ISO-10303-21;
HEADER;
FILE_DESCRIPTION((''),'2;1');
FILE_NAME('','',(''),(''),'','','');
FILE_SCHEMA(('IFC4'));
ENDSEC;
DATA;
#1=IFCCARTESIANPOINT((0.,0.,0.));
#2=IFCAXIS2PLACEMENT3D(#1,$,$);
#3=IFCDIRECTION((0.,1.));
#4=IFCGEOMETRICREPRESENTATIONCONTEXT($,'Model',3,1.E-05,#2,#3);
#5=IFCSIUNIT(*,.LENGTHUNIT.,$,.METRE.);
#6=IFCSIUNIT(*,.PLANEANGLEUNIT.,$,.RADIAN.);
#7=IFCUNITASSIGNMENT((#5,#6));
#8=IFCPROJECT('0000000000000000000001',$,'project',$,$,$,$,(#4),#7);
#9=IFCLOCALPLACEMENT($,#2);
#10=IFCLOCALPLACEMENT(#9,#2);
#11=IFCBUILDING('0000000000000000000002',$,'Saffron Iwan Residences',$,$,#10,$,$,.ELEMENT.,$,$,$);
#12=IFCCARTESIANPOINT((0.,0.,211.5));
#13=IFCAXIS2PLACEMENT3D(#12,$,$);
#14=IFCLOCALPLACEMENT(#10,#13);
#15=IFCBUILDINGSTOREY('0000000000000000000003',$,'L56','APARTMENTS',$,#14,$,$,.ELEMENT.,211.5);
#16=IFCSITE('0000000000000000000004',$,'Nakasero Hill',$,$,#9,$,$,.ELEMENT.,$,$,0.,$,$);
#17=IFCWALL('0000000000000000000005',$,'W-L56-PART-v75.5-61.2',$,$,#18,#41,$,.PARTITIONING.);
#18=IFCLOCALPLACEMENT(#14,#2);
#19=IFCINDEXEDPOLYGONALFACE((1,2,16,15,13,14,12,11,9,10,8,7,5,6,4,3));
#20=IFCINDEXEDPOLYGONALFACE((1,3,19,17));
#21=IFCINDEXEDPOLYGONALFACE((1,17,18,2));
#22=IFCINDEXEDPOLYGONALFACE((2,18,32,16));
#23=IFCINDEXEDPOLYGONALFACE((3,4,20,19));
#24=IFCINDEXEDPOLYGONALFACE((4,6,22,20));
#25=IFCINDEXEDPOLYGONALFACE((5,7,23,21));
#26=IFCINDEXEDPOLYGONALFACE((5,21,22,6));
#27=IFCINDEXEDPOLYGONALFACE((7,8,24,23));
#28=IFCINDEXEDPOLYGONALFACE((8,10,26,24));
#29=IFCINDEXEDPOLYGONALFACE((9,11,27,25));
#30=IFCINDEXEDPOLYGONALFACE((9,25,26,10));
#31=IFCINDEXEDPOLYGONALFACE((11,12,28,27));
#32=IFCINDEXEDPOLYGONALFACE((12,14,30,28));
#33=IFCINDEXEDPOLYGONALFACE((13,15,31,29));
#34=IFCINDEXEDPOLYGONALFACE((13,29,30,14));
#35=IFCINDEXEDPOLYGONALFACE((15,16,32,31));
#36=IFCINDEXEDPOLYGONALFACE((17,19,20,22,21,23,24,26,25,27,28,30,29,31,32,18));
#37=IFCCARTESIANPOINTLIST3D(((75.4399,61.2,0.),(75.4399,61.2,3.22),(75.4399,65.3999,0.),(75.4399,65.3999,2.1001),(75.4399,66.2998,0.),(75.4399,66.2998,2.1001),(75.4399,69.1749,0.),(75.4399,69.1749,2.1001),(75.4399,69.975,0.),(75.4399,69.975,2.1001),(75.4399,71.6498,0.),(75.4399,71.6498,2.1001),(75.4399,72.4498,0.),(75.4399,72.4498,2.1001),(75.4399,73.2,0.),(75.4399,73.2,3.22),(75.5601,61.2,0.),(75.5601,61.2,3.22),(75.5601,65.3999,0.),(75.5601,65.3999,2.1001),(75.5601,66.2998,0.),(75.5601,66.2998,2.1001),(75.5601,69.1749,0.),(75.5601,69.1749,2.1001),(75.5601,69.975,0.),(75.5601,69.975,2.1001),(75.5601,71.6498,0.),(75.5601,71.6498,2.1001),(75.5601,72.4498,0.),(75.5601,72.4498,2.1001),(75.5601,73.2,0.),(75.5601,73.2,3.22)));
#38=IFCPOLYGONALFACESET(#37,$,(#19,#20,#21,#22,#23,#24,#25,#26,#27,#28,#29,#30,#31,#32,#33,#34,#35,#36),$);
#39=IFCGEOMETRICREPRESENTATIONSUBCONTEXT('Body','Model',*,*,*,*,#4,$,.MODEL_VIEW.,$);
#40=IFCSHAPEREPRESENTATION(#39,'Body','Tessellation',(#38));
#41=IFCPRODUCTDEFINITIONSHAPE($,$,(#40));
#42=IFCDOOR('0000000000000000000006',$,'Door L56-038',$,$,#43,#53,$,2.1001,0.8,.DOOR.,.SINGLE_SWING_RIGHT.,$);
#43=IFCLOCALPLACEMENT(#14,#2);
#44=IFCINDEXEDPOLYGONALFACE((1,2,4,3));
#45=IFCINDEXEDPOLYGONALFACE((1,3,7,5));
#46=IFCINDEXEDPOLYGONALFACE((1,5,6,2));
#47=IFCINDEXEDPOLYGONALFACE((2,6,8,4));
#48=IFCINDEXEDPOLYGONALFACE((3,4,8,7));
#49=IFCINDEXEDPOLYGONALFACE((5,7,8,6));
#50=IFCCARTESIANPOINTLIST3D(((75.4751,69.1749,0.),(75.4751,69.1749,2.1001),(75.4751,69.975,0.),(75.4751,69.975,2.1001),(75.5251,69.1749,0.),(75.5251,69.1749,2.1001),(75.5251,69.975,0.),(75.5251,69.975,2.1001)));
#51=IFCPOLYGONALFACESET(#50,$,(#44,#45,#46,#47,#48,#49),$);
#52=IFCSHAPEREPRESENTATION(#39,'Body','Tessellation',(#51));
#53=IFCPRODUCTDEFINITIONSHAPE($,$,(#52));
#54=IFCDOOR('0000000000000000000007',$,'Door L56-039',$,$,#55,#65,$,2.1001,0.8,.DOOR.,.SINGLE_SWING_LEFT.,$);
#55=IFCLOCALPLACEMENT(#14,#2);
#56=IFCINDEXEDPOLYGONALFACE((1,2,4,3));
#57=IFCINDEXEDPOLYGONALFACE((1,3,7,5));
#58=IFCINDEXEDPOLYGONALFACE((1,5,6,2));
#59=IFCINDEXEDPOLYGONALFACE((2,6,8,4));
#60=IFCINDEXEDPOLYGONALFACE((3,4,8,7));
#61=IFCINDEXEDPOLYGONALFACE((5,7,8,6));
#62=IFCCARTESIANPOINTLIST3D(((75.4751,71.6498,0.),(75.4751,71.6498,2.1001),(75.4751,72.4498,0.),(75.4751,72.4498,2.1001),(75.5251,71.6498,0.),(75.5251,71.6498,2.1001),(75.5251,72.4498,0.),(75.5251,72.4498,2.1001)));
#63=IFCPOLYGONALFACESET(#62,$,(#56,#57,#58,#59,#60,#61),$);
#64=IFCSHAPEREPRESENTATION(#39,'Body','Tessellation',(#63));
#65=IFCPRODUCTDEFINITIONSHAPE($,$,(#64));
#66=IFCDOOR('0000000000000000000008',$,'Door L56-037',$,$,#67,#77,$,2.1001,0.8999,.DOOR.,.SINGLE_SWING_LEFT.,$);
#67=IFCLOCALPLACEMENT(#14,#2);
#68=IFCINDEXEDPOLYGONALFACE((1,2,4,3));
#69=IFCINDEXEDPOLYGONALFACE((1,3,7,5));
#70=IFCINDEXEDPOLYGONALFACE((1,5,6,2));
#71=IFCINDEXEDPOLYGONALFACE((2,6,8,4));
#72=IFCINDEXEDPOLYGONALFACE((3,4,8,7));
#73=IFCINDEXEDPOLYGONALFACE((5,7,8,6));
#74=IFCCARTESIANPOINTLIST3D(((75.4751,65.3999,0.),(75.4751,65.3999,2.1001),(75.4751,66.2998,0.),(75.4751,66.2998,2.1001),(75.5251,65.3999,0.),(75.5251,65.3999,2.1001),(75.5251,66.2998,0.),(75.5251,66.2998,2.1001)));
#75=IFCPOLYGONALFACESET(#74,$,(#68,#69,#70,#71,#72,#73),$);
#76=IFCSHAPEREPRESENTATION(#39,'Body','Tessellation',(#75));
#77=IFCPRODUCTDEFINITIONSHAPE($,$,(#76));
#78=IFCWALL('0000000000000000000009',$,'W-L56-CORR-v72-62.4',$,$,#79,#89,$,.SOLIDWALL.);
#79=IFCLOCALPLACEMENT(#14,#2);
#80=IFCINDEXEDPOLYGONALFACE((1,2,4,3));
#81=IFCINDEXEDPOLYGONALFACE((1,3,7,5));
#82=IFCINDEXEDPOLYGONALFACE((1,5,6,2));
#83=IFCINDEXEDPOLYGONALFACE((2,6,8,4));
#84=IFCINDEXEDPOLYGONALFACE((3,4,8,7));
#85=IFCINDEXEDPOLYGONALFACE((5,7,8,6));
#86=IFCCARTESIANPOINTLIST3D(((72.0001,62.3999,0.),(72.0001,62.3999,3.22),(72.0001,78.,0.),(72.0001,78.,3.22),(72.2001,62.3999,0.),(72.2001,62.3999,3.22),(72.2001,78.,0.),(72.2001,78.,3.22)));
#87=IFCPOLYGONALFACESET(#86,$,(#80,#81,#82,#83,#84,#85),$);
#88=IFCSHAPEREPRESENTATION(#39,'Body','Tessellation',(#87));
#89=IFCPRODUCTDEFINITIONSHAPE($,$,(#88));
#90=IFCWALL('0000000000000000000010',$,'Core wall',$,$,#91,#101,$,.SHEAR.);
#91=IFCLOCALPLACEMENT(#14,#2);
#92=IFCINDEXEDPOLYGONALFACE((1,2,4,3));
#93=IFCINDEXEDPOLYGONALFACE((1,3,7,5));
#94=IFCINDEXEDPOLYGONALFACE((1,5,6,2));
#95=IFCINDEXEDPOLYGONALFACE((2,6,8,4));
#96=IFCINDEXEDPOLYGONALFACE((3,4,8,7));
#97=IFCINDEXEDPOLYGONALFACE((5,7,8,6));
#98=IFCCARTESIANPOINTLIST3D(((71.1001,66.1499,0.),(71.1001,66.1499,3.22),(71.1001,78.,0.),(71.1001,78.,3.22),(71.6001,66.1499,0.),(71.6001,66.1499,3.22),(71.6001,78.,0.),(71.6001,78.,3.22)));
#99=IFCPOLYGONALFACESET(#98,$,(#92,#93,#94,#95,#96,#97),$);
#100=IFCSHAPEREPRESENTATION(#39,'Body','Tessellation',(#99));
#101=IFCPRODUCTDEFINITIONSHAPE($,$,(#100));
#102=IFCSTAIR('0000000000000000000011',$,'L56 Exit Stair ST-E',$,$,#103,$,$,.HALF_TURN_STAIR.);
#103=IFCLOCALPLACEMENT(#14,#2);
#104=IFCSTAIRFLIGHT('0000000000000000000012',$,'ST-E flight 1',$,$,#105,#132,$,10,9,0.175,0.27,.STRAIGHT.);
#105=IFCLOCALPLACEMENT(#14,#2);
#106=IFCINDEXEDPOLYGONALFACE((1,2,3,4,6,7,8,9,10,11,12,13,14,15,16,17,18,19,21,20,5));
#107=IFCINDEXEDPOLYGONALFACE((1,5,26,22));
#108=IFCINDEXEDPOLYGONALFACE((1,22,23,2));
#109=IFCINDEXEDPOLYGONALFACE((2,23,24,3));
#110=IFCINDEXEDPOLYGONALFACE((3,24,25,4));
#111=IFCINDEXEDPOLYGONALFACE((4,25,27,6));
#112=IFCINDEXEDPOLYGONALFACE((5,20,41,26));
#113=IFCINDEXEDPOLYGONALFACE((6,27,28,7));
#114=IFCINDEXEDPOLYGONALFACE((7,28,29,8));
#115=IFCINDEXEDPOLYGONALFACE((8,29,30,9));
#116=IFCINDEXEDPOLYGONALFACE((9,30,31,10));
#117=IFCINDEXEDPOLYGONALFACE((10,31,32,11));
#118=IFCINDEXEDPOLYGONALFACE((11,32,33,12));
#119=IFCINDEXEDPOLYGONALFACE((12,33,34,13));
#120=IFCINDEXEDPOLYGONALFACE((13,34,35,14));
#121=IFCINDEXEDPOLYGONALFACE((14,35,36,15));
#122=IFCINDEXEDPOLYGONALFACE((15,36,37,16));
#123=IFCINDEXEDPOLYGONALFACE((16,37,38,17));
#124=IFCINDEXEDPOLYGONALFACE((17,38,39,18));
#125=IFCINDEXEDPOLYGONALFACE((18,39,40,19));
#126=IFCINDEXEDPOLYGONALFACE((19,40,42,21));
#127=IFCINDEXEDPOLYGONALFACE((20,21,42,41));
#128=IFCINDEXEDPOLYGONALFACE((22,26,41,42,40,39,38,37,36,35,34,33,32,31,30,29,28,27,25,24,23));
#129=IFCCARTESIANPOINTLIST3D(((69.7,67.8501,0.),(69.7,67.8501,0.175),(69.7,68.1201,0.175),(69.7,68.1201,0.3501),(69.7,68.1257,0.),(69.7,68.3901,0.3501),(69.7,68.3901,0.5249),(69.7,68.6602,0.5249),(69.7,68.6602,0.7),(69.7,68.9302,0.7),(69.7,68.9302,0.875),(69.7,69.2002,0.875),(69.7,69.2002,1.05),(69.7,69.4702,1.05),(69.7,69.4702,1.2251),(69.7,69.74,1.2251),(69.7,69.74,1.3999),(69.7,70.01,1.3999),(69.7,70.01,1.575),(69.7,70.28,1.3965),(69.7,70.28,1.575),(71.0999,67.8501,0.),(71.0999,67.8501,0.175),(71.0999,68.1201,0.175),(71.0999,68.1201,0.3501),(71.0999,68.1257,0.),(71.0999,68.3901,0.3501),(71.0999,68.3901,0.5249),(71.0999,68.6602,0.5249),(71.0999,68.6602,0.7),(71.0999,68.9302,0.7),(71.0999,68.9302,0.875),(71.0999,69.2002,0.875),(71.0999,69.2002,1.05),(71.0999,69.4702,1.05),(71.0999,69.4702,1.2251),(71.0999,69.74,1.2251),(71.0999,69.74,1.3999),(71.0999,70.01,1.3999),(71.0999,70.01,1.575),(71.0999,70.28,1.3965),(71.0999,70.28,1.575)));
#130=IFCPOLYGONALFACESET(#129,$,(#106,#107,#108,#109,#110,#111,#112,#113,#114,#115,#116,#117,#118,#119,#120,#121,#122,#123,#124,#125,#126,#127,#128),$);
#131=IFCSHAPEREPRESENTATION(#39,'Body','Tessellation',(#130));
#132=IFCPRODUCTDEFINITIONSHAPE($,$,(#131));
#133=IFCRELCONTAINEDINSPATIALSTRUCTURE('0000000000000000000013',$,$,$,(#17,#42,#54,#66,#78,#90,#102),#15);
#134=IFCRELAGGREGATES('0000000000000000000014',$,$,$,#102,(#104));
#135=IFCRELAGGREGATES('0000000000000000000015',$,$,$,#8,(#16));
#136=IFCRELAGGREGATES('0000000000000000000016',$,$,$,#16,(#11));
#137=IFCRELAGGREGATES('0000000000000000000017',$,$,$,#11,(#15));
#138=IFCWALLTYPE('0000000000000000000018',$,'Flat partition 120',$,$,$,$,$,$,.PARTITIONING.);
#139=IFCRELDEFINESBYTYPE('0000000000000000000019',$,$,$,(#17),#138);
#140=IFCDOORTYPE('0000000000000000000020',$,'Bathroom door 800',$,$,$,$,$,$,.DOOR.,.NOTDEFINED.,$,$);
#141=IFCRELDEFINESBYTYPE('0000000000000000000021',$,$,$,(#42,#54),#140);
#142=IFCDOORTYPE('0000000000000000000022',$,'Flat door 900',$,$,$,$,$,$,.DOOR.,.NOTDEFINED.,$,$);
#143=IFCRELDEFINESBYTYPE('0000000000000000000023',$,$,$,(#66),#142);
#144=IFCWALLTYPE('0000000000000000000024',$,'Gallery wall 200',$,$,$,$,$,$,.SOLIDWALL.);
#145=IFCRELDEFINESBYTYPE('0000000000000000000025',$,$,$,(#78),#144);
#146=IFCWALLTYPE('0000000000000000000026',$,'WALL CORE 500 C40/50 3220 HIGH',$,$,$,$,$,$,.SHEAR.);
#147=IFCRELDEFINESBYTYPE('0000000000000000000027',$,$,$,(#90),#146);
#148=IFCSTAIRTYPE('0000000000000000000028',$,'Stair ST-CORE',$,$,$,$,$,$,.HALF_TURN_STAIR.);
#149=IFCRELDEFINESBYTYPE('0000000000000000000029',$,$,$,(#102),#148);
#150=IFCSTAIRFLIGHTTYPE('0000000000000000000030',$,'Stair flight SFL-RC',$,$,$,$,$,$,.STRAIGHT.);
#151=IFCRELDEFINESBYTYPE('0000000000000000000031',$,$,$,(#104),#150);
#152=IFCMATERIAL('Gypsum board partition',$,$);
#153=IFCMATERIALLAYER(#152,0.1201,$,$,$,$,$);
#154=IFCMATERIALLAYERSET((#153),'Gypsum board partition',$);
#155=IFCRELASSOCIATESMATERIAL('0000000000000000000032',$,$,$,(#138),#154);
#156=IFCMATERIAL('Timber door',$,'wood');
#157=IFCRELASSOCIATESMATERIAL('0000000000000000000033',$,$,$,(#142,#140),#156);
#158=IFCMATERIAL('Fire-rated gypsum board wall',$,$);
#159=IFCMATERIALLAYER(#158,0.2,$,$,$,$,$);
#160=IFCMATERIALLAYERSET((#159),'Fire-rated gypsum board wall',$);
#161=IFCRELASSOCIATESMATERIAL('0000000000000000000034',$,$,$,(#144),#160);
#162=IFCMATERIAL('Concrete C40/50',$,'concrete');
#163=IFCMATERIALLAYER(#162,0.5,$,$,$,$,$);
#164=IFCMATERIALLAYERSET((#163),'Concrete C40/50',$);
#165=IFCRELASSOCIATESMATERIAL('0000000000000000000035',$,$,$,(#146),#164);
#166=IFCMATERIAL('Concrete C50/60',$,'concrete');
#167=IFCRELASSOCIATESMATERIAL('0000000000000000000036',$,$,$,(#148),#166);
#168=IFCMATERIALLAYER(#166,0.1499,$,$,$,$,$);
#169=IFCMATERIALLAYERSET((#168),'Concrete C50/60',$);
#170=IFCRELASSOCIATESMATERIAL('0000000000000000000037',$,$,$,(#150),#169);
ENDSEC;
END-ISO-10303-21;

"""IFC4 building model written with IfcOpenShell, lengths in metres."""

from ifc_helpers import new_model, si_unit, direction, frame, frame_2d, origin, place, context, subcontext, project, spatial, polyline, rectangle, outline, extrude, material, layer, layer_set, type_object, element, fill, aggregate, save


model = new_model("IFC4")

# Units and contexts
model_context = context("Model", 3, precision=1e-05, world=origin(), true_north=direction((0.0, 1.0)))
body_context = subcontext(model_context, "Body", "Model", "MODEL_VIEW")
ifc_project = project(units=[si_unit("LENGTHUNIT", "METRE"), si_unit("PLANEANGLEUNIT", "RADIAN")], contexts=[model_context])

# Site, building, storey
site_placement = place(None, origin())
site = spatial("IfcSite", under=ifc_project, at=site_placement, Name="Nakasero Hill", CompositionType="ELEMENT", RefElevation=0.0)
building_placement = place(site_placement, origin())
building = spatial("IfcBuilding", under=site, at=building_placement, Name="Saffron Iwan Residences", CompositionType="ELEMENT")
storey_placement = place(building_placement, frame((0.0, 0.0, 211.5)))
storey = spatial("IfcBuildingStorey", under=building, at=storey_placement, Name="L56", Description="APARTMENTS", CompositionType="ELEMENT", Elevation=211.5)

# Shared definitions
ifc_material_1 = material(Name="Concrete C40/50", Category="concrete")

# Shared definitions
ifc_material_2 = material(Name="Fire-rated gypsum board wall")
ifc_material_3 = material(Name="Gypsum board partition")
ifc_layer_1 = layer(ifc_material_3, 0.1201)
ifc_layer_set_1 = layer_set([ifc_layer_1], Name="Gypsum board partition")
wall_type_1 = type_object("IfcWallType", Name="Flat partition 120", PredefinedType="PARTITIONING", material=ifc_layer_set_1)

# Shared definitions
ifc_material_4 = material(Name="Timber door", Category="wood")
door_type_1 = type_object("IfcDoorType", Name="Flat door 900", OperationType="NOTDEFINED", PredefinedType="DOOR", material=ifc_material_4)

# Wall, openings, doors
wall_1_placement = place(storey_placement, frame((75.5, 61.2, 0.0), z_axis=(0.0, 0.0, 1.0), x_axis=(0.0, 1.0, 0.0)))
wall_1 = element("IfcWall", 1, at=wall_1_placement, inside=storey, type_object=wall_type_1, Name="W-L56-PART-v75.5-61.2", PredefinedType="PARTITIONING", context=body_context, shape_type="SweptSolid", body=[
    extrude(rectangle(XDim=12.0, YDim=0.1201, at=frame_2d((6.0, 0.0))), origin(), (0.0, 0.0, 1.0), 3.22),
])
opening_1_placement = place(wall_1_placement, frame((4.2, 0.0, 0.0)))
opening_1 = element("IfcOpeningElement", 2, at=opening_1_placement, cuts=wall_1, PredefinedType="OPENING", context=body_context, shape_type="SweptSolid", body=[
    extrude(rectangle(XDim=0.8999, YDim=2.1001, at=frame_2d((0.45, 1.05))), frame((0.0, 0.0701, 0.0), z_axis=(0.0, -1.0, 0.0), x_axis=(1.0, 0.0, 0.0)), (0.0, 0.0, 1.0), 0.1401),
])
opening_2_placement = place(wall_1_placement, frame((7.9751, 0.0, 0.0)))
opening_2 = element("IfcOpeningElement", 3, at=opening_2_placement, cuts=wall_1, PredefinedType="OPENING", context=body_context, shape_type="SweptSolid", body=[
    extrude(rectangle(XDim=0.8, YDim=2.1001, at=frame_2d((0.3999, 1.05))), frame((0.0, 0.0701, 0.0), z_axis=(0.0, -1.0, 0.0), x_axis=(1.0, 0.0, 0.0)), (0.0, 0.0, 1.0), 0.1401),
])
opening_3_placement = place(wall_1_placement, frame((10.45, 0.0, 0.0)))
opening_3 = element("IfcOpeningElement", 4, at=opening_3_placement, cuts=wall_1, PredefinedType="OPENING", context=body_context, shape_type="SweptSolid", body=[
    extrude(rectangle(XDim=0.8, YDim=2.1001, at=frame_2d((0.3999, 1.05))), frame((0.0, 0.0701, 0.0), z_axis=(0.0, -1.0, 0.0), x_axis=(1.0, 0.0, 0.0)), (0.0, 0.0, 1.0), 0.1401),
])
door_type_2 = type_object("IfcDoorType", Name="Bathroom door 800", OperationType="NOTDEFINED", PredefinedType="DOOR", material=ifc_material_4)
door_1_placement = place(opening_2_placement, origin())
door_1 = element("IfcDoor", 5, at=door_1_placement, inside=storey, type_object=door_type_2, Name="Door L56-038", OperationType="SINGLE_SWING_RIGHT", OverallHeight=2.1001, OverallWidth=0.8, PredefinedType="DOOR", context=body_context, shape_type="SweptSolid", body=[
    extrude(rectangle(XDim=0.8, YDim=2.1001, at=frame_2d((0.3999, 1.05))), frame((0.0, 0.0249, 0.0), z_axis=(0.0, -1.0, 0.0), x_axis=(1.0, 0.0, 0.0)), (0.0, 0.0, 1.0), 0.05),
])
fill(opening_2, door_1)
door_2_placement = place(opening_3_placement, origin())
door_2 = element("IfcDoor", 6, at=door_2_placement, inside=storey, type_object=door_type_2, Name="Door L56-039", OperationType="SINGLE_SWING_LEFT", OverallHeight=2.1001, OverallWidth=0.8, PredefinedType="DOOR", context=body_context, shape_type="SweptSolid", body=[
    extrude(rectangle(XDim=0.8, YDim=2.1001, at=frame_2d((0.3999, 1.05))), frame((0.0, 0.0249, 0.0), z_axis=(0.0, -1.0, 0.0), x_axis=(1.0, 0.0, 0.0)), (0.0, 0.0, 1.0), 0.05),
])
fill(opening_3, door_2)
door_3_placement = place(opening_1_placement, origin())
door_3 = element("IfcDoor", 7, at=door_3_placement, inside=storey, type_object=door_type_1, Name="Door L56-037", OperationType="SINGLE_SWING_LEFT", OverallHeight=2.1001, OverallWidth=0.8999, PredefinedType="DOOR", context=body_context, shape_type="SweptSolid", body=[
    extrude(rectangle(XDim=0.8999, YDim=2.1001, at=frame_2d((0.45, 1.05))), frame((0.0, 0.0249, 0.0), z_axis=(0.0, -1.0, 0.0), x_axis=(1.0, 0.0, 0.0)), (0.0, 0.0, 1.0), 0.05),
])
fill(opening_1, door_3)

# Walls
ifc_layer_2 = layer(ifc_material_2, 0.2)
ifc_layer_set_2 = layer_set([ifc_layer_2], Name="Fire-rated gypsum board wall")
wall_type_2 = type_object("IfcWallType", Name="Gallery wall 200", PredefinedType="SOLIDWALL", material=ifc_layer_set_2)
wall_2_placement = place(storey_placement, frame((72.1001, 62.3999, 0.0), z_axis=(0.0, 0.0, 1.0), x_axis=(0.0, 1.0, 0.0)))
element("IfcWall", 8, at=wall_2_placement, inside=storey, type_object=wall_type_2, Name="W-L56-CORR-v72-62.4", PredefinedType="SOLIDWALL", context=body_context, shape_type="SweptSolid", body=[
    extrude(rectangle(XDim=15.6001, YDim=0.2, at=frame_2d((7.8, 0.0))), origin(), (0.0, 0.0, 1.0), 3.22),
])
ifc_layer_3 = layer(ifc_material_1, 0.5)
ifc_layer_set_3 = layer_set([ifc_layer_3], Name="Concrete C40/50")
wall_type_3 = type_object("IfcWallType", Name="WALL CORE 500 C40/50 3220 HIGH", PredefinedType="SHEAR", material=ifc_layer_set_3)
wall_3_placement = place(storey_placement, frame((71.3501, 66.1499, 0.0), z_axis=(0.0, 0.0, 1.0), x_axis=(0.0, 1.0, 0.0)))
element("IfcWall", 9, at=wall_3_placement, inside=storey, type_object=wall_type_3, Name="Core wall", PredefinedType="SHEAR", context=body_context, shape_type="SweptSolid", body=[
    extrude(rectangle(XDim=11.8501, YDim=0.5, at=frame_2d((5.925, 0.0))), origin(), (0.0, 0.0, 1.0), 3.22),
])

# Stair, stair flight
ifc_material_5 = material(Name="Concrete C50/60", Category="concrete")
stair_type = type_object("IfcStairType", Name="Stair ST-CORE", PredefinedType="HALF_TURN_STAIR", material=ifc_material_5)
stair_placement = place(storey_placement, origin())
stair = element("IfcStair", 10, at=stair_placement, inside=storey, type_object=stair_type, Name="L56 Exit Stair ST-E", PredefinedType="HALF_TURN_STAIR")
ifc_layer_4 = layer(ifc_material_5, 0.1499)
ifc_layer_set_4 = layer_set([ifc_layer_4], Name="Concrete C50/60")
stair_flight_type = type_object("IfcStairFlightType", Name="Stair flight SFL-RC", PredefinedType="STRAIGHT", material=ifc_layer_set_4)
stair_flight_placement = place(storey_placement, frame((70.3999, 67.8501, 0.0), z_axis=(0.0, 0.0, 1.0), x_axis=(0.0, 1.0, 0.0)))
stair_flight = element("IfcStairFlight", 11, at=stair_flight_placement, type_object=stair_flight_type, Name="ST-E flight 1", NumberOfRisers=10, NumberOfTreads=9, PredefinedType="STRAIGHT", RiserHeight=0.175, TreadLength=0.27, context=body_context, shape_type="SweptSolid", body=[
    extrude(outline(polyline([(0.0, 0.0), (0.0, 0.175), (0.27, 0.175), (0.27, 0.3501), (0.54, 0.3501), (0.54, 0.5249), (0.8101, 0.5249), (0.8101, 0.7), (1.0801, 0.7), (1.0801, 0.875), (1.3501, 0.875), (1.3501, 1.05), (1.6201, 1.05), (1.6201, 1.2251), (1.8899, 1.2251), (1.8899, 1.3999), (2.1599, 1.3999), (2.1599, 1.575), (2.4299, 1.575), (2.4299, 1.75), (2.4299, 1.3965), (0.2756, 0.0), (0.0, 0.0)])), frame((0.0, 0.7, 0.0), z_axis=(0.0, -1.0, 0.0), x_axis=(1.0, 0.0, 0.0)), (0.0, 0.0, 1.0), 1.3999),
])
aggregate(stair, [stair_flight])

save(model, "model.ifc")
